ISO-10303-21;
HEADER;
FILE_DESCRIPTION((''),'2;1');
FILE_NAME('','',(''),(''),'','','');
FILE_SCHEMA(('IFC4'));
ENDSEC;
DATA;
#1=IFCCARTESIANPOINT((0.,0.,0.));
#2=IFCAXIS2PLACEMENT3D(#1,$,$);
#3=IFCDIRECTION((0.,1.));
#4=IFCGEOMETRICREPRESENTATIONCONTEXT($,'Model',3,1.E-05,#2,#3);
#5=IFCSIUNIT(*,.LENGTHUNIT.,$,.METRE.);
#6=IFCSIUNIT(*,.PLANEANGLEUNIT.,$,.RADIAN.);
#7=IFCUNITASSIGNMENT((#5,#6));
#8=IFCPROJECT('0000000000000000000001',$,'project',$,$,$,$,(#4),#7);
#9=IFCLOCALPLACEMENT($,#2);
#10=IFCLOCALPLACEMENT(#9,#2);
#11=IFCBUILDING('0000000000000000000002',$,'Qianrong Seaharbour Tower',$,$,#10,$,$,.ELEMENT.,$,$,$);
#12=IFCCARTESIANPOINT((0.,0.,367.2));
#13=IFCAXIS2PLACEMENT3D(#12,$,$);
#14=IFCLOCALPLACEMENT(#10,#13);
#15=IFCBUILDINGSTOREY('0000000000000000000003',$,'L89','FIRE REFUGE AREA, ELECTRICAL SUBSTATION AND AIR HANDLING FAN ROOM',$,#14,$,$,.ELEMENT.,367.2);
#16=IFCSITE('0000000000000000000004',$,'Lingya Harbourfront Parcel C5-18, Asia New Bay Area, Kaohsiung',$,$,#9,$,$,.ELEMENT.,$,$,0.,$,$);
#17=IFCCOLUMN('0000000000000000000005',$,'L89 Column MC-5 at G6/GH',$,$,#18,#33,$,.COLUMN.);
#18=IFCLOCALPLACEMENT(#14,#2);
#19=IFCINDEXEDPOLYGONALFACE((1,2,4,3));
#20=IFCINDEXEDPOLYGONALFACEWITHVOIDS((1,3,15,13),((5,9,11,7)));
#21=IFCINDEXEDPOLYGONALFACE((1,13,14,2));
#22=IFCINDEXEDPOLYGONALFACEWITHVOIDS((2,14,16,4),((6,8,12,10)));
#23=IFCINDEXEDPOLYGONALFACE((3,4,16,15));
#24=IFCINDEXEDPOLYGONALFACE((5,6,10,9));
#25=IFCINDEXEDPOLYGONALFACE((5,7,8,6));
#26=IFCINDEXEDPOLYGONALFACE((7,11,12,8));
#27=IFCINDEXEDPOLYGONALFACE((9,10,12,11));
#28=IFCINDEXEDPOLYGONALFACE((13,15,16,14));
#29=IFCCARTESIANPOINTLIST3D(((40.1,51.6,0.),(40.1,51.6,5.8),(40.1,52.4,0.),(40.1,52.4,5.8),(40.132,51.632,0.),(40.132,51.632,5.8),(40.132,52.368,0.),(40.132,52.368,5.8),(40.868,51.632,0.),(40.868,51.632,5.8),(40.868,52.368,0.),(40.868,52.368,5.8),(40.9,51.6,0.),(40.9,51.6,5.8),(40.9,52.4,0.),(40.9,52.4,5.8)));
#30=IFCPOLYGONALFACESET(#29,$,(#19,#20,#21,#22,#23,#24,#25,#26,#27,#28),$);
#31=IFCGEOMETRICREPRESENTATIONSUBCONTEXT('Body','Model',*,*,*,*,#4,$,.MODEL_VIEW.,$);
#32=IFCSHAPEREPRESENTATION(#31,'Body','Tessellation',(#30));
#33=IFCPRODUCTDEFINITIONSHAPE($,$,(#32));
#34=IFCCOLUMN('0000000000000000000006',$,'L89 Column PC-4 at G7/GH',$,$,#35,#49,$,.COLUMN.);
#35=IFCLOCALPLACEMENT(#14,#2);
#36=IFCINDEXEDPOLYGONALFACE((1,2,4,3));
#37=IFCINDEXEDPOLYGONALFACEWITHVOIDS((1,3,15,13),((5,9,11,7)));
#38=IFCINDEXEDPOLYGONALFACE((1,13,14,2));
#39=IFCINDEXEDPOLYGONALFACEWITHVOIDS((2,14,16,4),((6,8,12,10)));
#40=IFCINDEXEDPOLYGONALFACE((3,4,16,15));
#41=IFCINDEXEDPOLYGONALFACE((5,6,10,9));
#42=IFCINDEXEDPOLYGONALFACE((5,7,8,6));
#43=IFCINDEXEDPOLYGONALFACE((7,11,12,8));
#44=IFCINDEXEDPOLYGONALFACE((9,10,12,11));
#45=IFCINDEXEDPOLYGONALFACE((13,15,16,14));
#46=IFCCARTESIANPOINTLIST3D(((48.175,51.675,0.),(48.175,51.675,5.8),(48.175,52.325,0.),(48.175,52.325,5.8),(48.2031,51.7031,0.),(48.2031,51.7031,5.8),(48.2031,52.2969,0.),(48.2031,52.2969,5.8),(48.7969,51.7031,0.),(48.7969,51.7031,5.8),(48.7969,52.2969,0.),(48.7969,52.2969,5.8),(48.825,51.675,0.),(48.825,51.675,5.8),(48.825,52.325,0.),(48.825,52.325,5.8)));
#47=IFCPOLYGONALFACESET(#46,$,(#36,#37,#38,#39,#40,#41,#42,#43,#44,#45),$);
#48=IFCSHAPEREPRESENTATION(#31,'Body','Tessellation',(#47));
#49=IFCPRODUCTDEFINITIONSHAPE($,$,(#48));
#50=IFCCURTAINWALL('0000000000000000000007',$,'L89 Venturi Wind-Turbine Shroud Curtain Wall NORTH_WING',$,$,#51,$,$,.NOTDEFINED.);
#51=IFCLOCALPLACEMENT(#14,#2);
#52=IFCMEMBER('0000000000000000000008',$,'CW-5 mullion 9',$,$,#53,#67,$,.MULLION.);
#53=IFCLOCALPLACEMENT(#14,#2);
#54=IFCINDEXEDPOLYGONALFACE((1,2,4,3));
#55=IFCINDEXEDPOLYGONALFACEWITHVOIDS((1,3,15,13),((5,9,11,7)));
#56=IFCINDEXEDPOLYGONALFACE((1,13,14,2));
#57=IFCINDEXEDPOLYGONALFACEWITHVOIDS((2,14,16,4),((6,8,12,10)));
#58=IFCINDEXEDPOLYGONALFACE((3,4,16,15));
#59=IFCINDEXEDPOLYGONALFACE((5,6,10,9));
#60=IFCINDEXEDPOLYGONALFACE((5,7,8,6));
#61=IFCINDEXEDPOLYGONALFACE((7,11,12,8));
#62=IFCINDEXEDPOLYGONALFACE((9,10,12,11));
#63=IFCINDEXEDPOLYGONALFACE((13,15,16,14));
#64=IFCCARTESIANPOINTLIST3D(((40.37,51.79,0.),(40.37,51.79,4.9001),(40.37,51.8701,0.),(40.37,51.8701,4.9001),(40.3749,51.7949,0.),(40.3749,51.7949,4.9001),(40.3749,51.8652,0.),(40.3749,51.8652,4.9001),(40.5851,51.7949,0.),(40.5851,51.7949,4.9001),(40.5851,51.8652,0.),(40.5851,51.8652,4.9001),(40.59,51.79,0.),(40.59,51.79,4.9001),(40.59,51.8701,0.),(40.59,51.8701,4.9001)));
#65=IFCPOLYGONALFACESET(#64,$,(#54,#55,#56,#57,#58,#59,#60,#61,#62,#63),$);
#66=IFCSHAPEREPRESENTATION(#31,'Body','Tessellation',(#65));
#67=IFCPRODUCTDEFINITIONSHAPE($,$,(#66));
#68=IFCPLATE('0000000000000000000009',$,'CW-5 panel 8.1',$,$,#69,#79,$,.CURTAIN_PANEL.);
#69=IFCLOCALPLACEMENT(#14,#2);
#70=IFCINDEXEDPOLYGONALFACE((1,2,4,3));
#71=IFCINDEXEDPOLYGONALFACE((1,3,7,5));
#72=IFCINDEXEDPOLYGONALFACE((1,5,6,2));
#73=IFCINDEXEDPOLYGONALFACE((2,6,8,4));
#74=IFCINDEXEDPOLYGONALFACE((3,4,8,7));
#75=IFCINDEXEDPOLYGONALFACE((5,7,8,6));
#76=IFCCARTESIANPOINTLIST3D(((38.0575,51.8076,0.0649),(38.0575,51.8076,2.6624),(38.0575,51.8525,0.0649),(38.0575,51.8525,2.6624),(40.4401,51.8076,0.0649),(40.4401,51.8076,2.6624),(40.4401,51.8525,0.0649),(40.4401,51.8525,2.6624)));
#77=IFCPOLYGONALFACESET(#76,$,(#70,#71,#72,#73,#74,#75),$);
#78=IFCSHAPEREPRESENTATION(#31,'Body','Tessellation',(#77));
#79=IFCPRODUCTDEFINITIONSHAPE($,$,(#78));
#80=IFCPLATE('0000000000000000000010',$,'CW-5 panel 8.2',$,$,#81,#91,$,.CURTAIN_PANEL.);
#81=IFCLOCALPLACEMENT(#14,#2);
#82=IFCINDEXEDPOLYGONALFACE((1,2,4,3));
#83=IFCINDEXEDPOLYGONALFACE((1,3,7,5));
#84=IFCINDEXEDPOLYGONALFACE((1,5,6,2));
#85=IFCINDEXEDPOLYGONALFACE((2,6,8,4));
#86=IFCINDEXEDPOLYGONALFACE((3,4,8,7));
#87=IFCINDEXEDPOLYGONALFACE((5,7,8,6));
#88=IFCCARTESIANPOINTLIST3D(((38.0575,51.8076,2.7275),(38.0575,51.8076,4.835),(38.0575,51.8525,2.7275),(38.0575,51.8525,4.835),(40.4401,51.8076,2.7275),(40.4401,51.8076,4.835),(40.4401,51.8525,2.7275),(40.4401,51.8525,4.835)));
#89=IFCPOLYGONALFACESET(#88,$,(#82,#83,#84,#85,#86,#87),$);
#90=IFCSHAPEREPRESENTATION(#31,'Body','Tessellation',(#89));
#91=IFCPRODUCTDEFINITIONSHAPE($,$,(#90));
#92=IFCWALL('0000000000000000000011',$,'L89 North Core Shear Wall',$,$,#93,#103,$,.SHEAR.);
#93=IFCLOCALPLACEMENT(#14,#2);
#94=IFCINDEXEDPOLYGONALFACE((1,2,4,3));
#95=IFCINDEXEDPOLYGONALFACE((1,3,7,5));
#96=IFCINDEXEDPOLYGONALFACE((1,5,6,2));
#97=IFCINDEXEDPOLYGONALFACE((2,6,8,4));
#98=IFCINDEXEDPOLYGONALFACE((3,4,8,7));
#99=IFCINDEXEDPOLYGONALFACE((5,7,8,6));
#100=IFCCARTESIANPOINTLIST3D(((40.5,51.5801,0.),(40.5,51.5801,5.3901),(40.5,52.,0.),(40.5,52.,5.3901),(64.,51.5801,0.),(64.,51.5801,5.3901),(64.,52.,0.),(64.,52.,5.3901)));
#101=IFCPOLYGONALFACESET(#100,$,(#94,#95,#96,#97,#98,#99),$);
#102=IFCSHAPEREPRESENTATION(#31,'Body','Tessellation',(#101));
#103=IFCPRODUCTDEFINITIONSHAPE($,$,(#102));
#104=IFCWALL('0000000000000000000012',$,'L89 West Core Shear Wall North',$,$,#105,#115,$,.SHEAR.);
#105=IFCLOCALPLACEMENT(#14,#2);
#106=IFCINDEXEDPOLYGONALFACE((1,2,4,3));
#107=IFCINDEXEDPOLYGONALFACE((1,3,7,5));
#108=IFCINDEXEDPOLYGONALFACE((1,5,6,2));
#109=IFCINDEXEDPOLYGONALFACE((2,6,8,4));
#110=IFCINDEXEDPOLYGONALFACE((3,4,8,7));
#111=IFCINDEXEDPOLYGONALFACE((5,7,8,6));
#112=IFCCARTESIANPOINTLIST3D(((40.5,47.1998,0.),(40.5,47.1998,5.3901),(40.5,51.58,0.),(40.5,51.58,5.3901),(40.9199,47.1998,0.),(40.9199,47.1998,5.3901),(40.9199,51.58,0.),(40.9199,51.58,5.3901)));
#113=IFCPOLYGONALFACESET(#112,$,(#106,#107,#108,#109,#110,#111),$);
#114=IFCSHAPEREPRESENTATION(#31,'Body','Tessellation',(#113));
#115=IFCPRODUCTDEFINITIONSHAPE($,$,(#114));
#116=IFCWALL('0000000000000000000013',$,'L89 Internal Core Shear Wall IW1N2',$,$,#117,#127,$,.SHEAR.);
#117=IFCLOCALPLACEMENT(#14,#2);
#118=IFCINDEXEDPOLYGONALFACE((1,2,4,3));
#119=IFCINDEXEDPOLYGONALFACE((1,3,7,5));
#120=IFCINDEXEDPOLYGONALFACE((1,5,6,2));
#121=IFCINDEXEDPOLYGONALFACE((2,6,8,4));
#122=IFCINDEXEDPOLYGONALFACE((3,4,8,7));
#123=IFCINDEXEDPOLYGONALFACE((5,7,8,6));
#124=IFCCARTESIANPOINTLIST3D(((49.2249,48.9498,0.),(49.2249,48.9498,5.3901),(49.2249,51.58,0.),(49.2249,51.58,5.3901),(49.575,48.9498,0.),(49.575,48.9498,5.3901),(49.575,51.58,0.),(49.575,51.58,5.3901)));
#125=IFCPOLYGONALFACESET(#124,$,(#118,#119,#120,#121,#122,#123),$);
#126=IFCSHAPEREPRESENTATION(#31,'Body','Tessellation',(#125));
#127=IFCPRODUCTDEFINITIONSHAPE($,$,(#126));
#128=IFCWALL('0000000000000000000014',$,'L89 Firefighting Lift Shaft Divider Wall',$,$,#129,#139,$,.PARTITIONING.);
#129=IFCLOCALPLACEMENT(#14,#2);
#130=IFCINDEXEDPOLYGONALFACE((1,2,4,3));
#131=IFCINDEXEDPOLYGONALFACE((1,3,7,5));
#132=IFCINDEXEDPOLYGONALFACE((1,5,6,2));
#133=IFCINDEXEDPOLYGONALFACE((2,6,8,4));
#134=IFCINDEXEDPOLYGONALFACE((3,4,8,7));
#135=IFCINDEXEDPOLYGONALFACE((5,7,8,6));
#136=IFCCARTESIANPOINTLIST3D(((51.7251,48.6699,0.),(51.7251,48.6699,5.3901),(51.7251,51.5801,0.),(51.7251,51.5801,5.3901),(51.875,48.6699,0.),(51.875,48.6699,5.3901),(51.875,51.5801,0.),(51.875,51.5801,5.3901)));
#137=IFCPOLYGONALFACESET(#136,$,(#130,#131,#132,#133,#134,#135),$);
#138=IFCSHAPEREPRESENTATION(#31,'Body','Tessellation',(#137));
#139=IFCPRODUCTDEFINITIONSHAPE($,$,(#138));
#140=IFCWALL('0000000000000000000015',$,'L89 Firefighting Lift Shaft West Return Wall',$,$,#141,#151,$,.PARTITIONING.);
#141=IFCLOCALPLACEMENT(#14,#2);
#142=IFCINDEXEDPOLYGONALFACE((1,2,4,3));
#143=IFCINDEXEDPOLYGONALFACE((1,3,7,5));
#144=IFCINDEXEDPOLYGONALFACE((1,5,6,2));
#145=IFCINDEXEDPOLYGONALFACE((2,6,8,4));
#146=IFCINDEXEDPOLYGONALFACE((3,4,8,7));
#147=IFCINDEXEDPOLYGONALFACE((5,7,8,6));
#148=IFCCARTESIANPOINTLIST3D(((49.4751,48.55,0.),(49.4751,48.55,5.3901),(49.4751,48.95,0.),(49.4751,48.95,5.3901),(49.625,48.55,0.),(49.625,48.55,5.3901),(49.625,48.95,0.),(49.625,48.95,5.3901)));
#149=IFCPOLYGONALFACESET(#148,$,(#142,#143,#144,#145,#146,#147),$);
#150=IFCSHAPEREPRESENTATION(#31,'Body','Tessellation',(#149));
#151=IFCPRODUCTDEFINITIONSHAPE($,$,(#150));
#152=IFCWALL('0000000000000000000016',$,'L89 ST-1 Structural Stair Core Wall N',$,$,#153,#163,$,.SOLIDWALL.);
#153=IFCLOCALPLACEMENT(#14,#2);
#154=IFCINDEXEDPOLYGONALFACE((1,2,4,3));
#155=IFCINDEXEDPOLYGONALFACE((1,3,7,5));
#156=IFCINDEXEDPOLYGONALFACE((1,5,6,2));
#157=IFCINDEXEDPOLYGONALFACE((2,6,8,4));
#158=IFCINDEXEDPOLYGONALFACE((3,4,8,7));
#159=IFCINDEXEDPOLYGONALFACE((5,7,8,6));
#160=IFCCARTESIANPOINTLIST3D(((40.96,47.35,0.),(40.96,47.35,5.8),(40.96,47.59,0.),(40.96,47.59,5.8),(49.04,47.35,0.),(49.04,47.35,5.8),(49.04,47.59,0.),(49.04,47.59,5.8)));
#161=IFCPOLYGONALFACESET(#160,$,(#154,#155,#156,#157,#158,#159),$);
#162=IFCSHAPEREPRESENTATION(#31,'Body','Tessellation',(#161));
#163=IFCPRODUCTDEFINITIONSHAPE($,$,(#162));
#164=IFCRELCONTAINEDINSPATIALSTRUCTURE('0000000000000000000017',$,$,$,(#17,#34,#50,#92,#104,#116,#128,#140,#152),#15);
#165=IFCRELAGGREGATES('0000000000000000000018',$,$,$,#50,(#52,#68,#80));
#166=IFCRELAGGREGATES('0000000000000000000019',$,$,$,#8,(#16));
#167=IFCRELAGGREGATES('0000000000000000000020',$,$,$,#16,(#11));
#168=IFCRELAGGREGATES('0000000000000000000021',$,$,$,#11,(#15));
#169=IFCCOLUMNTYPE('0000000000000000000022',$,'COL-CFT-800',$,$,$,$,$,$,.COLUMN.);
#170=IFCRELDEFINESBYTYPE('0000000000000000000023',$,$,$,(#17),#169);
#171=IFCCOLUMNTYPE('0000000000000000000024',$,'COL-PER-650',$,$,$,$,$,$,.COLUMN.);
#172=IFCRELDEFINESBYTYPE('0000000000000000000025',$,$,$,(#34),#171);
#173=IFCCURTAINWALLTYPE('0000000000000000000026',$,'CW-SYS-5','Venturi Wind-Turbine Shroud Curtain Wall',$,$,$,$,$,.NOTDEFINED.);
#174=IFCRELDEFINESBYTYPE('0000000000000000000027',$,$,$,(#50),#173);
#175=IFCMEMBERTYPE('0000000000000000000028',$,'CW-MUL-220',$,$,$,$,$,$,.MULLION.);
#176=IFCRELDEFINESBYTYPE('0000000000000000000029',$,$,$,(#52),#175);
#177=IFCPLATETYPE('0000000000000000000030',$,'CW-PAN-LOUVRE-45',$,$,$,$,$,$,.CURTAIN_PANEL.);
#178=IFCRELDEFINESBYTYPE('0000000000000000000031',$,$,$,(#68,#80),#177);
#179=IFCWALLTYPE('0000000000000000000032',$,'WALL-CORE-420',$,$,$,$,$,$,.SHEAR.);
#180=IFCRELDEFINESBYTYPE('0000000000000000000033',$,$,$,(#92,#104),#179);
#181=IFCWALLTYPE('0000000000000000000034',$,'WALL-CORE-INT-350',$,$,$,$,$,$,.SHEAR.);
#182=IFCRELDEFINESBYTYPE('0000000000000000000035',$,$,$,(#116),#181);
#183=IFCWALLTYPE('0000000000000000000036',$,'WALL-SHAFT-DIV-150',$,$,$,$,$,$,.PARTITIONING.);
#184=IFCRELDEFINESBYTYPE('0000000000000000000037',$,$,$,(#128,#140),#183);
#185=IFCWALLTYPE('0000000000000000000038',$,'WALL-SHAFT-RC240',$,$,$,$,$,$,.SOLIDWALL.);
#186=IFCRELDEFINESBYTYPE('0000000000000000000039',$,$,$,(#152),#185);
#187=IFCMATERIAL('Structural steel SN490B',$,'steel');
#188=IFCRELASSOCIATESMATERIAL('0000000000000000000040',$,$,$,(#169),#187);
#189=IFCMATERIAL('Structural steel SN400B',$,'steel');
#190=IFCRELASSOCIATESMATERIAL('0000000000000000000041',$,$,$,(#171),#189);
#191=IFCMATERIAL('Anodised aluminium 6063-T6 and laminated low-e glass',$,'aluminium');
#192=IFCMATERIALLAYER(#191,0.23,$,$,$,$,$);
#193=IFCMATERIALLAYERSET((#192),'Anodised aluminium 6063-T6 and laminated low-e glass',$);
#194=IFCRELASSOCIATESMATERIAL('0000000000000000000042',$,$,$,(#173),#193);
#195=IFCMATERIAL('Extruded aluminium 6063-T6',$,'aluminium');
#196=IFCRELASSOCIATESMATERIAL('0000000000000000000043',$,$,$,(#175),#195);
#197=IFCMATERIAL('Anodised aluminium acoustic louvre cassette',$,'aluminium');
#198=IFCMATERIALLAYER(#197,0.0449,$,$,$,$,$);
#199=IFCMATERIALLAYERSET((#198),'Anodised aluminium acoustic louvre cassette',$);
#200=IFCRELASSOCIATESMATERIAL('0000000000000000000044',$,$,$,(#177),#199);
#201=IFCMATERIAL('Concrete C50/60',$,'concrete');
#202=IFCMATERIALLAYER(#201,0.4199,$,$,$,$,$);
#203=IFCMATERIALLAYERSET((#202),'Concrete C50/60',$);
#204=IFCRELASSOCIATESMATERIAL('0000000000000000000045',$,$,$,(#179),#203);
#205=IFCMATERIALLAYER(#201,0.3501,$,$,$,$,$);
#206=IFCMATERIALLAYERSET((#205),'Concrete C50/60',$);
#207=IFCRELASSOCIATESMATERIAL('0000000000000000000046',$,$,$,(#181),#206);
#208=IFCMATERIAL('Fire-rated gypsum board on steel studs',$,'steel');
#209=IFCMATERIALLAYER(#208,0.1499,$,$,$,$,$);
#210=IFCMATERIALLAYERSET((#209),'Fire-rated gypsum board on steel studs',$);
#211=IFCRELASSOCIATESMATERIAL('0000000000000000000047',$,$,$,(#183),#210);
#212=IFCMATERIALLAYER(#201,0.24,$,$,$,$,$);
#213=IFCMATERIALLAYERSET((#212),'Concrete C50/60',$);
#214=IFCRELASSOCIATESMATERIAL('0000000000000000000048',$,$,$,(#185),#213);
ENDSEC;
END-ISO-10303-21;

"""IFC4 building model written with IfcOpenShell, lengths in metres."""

from ifc_helpers import new_model, si_unit, direction, frame, frame_2d, origin, origin_2d, place, context, subcontext, project, spatial, rectangle, hollow_rectangle, extrude, material, layer, layer_set, material_profile, profile_set, type_object, element, aggregate, save


model = new_model("IFC4")

# Units and contexts
model_context = context("Model", 3, precision=1e-05, world=origin(), true_north=direction((0.0, 1.0)))
body_context = subcontext(model_context, "Body", "Model", "MODEL_VIEW")
ifc_project = project(units=[si_unit("LENGTHUNIT", "METRE"), si_unit("PLANEANGLEUNIT", "RADIAN")], contexts=[model_context])

# Site, building, storey
site_placement = place(None, origin())
site = spatial("IfcSite", under=ifc_project, at=site_placement, Name="Lingya Harbourfront Parcel C5-18, Asia New Bay Area, Kaohsiung", CompositionType="ELEMENT", RefElevation=0.0)
building_placement = place(site_placement, origin())
building = spatial("IfcBuilding", under=site, at=building_placement, Name="Qianrong Seaharbour Tower", CompositionType="ELEMENT")
storey_placement = place(building_placement, frame((0.0, 0.0, 367.2)))
storey = spatial("IfcBuildingStorey", under=building, at=storey_placement, Name="L89", Description="FIRE REFUGE AREA, ELECTRICAL SUBSTATION AND AIR HANDLING FAN ROOM", CompositionType="ELEMENT", Elevation=367.2)

# Columns
ifc_material_1 = material(Name="Structural steel SN490B", Category="steel")
ifc_material_profile_1 = material_profile(ifc_material_1, hollow_rectangle(XDim=0.8, YDim=0.8, WallThickness=0.032, at=origin_2d()), Name="BOX800x800x32")
ifc_profile_set_1 = profile_set([ifc_material_profile_1], Name="Structural steel SN490B")
column_type_1 = type_object("IfcColumnType", Name="COL-CFT-800", PredefinedType="COLUMN", material=ifc_profile_set_1)
column_1_placement = place(storey_placement, frame((40.5, 52.0, 0.0), z_axis=(0.0, 0.0, 1.0), x_axis=(1.0, 0.0, 0.0)))
element("IfcColumn", 1, at=column_1_placement, inside=storey, type_object=column_type_1, Name="L89 Column MC-5 at G6/GH", PredefinedType="COLUMN", context=body_context, shape_type="SweptSolid", body=[
    extrude(hollow_rectangle(XDim=0.8, YDim=0.8, WallThickness=0.032, at=origin_2d()), origin(), (0.0, 0.0, 1.0), 5.8),
])
ifc_material_2 = material(Name="Structural steel SN400B", Category="steel")
ifc_material_profile_2 = material_profile(ifc_material_2, hollow_rectangle(XDim=0.6499, YDim=0.6499, WallThickness=0.0281, at=origin_2d()), Name="BOX650x650x28")
ifc_profile_set_2 = profile_set([ifc_material_profile_2], Name="Structural steel SN400B")
column_type_2 = type_object("IfcColumnType", Name="COL-PER-650", PredefinedType="COLUMN", material=ifc_profile_set_2)
column_2_placement = place(storey_placement, frame((48.5, 52.0, 0.0), z_axis=(0.0, 0.0, 1.0), x_axis=(1.0, 0.0, 0.0)))
element("IfcColumn", 2, at=column_2_placement, inside=storey, type_object=column_type_2, Name="L89 Column PC-4 at G7/GH", PredefinedType="COLUMN", context=body_context, shape_type="SweptSolid", body=[
    extrude(hollow_rectangle(XDim=0.6499, YDim=0.6499, WallThickness=0.0281, at=origin_2d()), origin(), (0.0, 0.0, 1.0), 5.8),
])

# Curtain wall, member, plates
ifc_material_3 = material(Name="Anodised aluminium 6063-T6 and laminated low-e glass", Category="aluminium")
ifc_layer_1 = layer(ifc_material_3, 0.23)
ifc_layer_set_1 = layer_set([ifc_layer_1], Name="Anodised aluminium 6063-T6 and laminated low-e glass")
curtain_wall_type = type_object("IfcCurtainWallType", Name="CW-SYS-5", Description="Venturi Wind-Turbine Shroud Curtain Wall", PredefinedType="NOTDEFINED", material=ifc_layer_set_1)
curtain_wall_placement = place(storey_placement, origin())
curtain_wall = element("IfcCurtainWall", 3, at=curtain_wall_placement, inside=storey, type_object=curtain_wall_type, Name="L89 Venturi Wind-Turbine Shroud Curtain Wall NORTH_WING", PredefinedType="NOTDEFINED")
ifc_material_4 = material(Name="Extruded aluminium 6063-T6", Category="aluminium")
ifc_material_profile_3 = material_profile(ifc_material_4, hollow_rectangle(XDim=0.0801, YDim=0.22, WallThickness=0.0049, at=origin_2d()), Name="ALU-MUL-220x80x5")
ifc_profile_set_3 = profile_set([ifc_material_profile_3], Name="Extruded aluminium 6063-T6")
member_type = type_object("IfcMemberType", Name="CW-MUL-220", PredefinedType="MULLION", material=ifc_profile_set_3)
member_placement = place(storey_placement, frame((40.48, 51.8301, 0.0), z_axis=(0.0, 0.0, 1.0), x_axis=(0.0, 1.0, 0.0)))
member = element("IfcMember", 4, at=member_placement, type_object=member_type, Name="CW-5 mullion 9", PredefinedType="MULLION", context=body_context, shape_type="SweptSolid", body=[
    extrude(hollow_rectangle(XDim=0.0801, YDim=0.22, WallThickness=0.0049, at=origin_2d()), origin(), (0.0, 0.0, 1.0), 4.9001),
])
ifc_material_5 = material(Name="Anodised aluminium acoustic louvre cassette", Category="aluminium")
ifc_layer_2 = layer(ifc_material_5, 0.0449)
ifc_layer_set_2 = layer_set([ifc_layer_2], Name="Anodised aluminium acoustic louvre cassette")
plate_type = type_object("IfcPlateType", Name="CW-PAN-LOUVRE-45", PredefinedType="CURTAIN_PANEL", material=ifc_layer_set_2)
plate_1_placement = place(storey_placement, frame((39.2488, 51.8301, 0.0649), z_axis=(0.0, 0.0, 1.0), x_axis=(1.0, 0.0, 0.0)))
plate_1 = element("IfcPlate", 5, at=plate_1_placement, type_object=plate_type, Name="CW-5 panel 8.1", PredefinedType="CURTAIN_PANEL", context=body_context, shape_type="SweptSolid", body=[
    extrude(rectangle(XDim=2.3826, YDim=0.0449, at=origin_2d()), origin(), (0.0, 0.0, 1.0), 2.5974),
])
plate_2_placement = place(storey_placement, frame((39.2488, 51.8301, 2.7275), z_axis=(0.0, 0.0, 1.0), x_axis=(1.0, 0.0, 0.0)))
plate_2 = element("IfcPlate", 6, at=plate_2_placement, type_object=plate_type, Name="CW-5 panel 8.2", PredefinedType="CURTAIN_PANEL", context=body_context, shape_type="SweptSolid", body=[
    extrude(rectangle(XDim=2.3826, YDim=0.0449, at=origin_2d()), origin(), (0.0, 0.0, 1.0), 2.1074),
])
aggregate(curtain_wall, [member, plate_1, plate_2])

# Walls
ifc_material_6 = material(Name="Concrete C50/60", Category="concrete")
ifc_layer_3 = layer(ifc_material_6, 0.4199)
ifc_layer_set_3 = layer_set([ifc_layer_3], Name="Concrete C50/60")
wall_type_1 = type_object("IfcWallType", Name="WALL-CORE-420", PredefinedType="SHEAR", material=ifc_layer_set_3)
wall_1_placement = place(storey_placement, frame((40.5, 51.79, 0.0), z_axis=(0.0, 0.0, 1.0), x_axis=(1.0, 0.0, 0.0)))
element("IfcWall", 7, at=wall_1_placement, inside=storey, type_object=wall_type_1, Name="L89 North Core Shear Wall", PredefinedType="SHEAR", context=body_context, shape_type="SweptSolid", body=[
    extrude(rectangle(XDim=23.5, YDim=0.4199, at=frame_2d((11.75, 0.0))), origin(), (0.0, 0.0, 1.0), 5.3901),
])
wall_2_placement = place(storey_placement, frame((40.71, 47.2, 0.0), z_axis=(0.0, 0.0, 1.0), x_axis=(0.0, 1.0, 0.0)))
element("IfcWall", 8, at=wall_2_placement, inside=storey, type_object=wall_type_1, Name="L89 West Core Shear Wall North", PredefinedType="SHEAR", context=body_context, shape_type="SweptSolid", body=[
    extrude(rectangle(XDim=4.3801, YDim=0.4199, at=frame_2d((2.1899, 0.0))), origin(), (0.0, 0.0, 1.0), 5.3901),
])
ifc_layer_4 = layer(ifc_material_6, 0.3501)
ifc_layer_set_4 = layer_set([ifc_layer_4], Name="Concrete C50/60")
wall_type_2 = type_object("IfcWallType", Name="WALL-CORE-INT-350", PredefinedType="SHEAR", material=ifc_layer_set_4)
wall_3_placement = place(storey_placement, frame((49.3999, 48.95, 0.0), z_axis=(0.0, 0.0, 1.0), x_axis=(0.0, 1.0, 0.0)))
element("IfcWall", 9, at=wall_3_placement, inside=storey, type_object=wall_type_2, Name="L89 Internal Core Shear Wall IW1N2", PredefinedType="SHEAR", context=body_context, shape_type="SweptSolid", body=[
    extrude(rectangle(XDim=2.6301, YDim=0.3501, at=frame_2d((1.3149, 0.0))), origin(), (0.0, 0.0, 1.0), 5.3901),
])

# Walls
ifc_material_7 = material(Name="Fire-rated gypsum board on steel studs", Category="steel")
ifc_layer_5 = layer(ifc_material_7, 0.1499)
ifc_layer_set_5 = layer_set([ifc_layer_5], Name="Fire-rated gypsum board on steel studs")
wall_type_3 = type_object("IfcWallType", Name="WALL-SHAFT-DIV-150", PredefinedType="PARTITIONING", material=ifc_layer_set_5)
wall_4_placement = place(storey_placement, frame((51.8, 48.6699, 0.0), z_axis=(0.0, 0.0, 1.0), x_axis=(0.0, 1.0, 0.0)))
element("IfcWall", 10, at=wall_4_placement, inside=storey, type_object=wall_type_3, Name="L89 Firefighting Lift Shaft Divider Wall", PredefinedType="PARTITIONING", context=body_context, shape_type="SweptSolid", body=[
    extrude(rectangle(XDim=2.9102, YDim=0.1499, at=frame_2d((1.4551, 0.0))), origin(), (0.0, 0.0, 1.0), 5.3901),
])
wall_5_placement = place(storey_placement, frame((49.55, 48.55, 0.0), z_axis=(0.0, 0.0, 1.0), x_axis=(0.0, 1.0, 0.0)))
element("IfcWall", 11, at=wall_5_placement, inside=storey, type_object=wall_type_3, Name="L89 Firefighting Lift Shaft West Return Wall", PredefinedType="PARTITIONING", context=body_context, shape_type="SweptSolid", body=[
    extrude(rectangle(XDim=0.3999, YDim=0.1499, at=frame_2d((0.2, 0.0))), origin(), (0.0, 0.0, 1.0), 5.3901),
])
ifc_layer_6 = layer(ifc_material_6, 0.24)
ifc_layer_set_6 = layer_set([ifc_layer_6], Name="Concrete C50/60")
wall_type_4 = type_object("IfcWallType", Name="WALL-SHAFT-RC240", PredefinedType="SOLIDWALL", material=ifc_layer_set_6)
wall_6_placement = place(storey_placement, frame((40.96, 47.47, 0.0), z_axis=(0.0, 0.0, 1.0), x_axis=(1.0, 0.0, 0.0)))
element("IfcWall", 12, at=wall_6_placement, inside=storey, type_object=wall_type_4, Name="L89 ST-1 Structural Stair Core Wall N", PredefinedType="SOLIDWALL", context=body_context, shape_type="SweptSolid", body=[
    extrude(rectangle(XDim=8.0801, YDim=0.24, at=frame_2d((4.04, 0.0))), origin(), (0.0, 0.0, 1.0), 5.8),
])

save(model, "model.ifc")
